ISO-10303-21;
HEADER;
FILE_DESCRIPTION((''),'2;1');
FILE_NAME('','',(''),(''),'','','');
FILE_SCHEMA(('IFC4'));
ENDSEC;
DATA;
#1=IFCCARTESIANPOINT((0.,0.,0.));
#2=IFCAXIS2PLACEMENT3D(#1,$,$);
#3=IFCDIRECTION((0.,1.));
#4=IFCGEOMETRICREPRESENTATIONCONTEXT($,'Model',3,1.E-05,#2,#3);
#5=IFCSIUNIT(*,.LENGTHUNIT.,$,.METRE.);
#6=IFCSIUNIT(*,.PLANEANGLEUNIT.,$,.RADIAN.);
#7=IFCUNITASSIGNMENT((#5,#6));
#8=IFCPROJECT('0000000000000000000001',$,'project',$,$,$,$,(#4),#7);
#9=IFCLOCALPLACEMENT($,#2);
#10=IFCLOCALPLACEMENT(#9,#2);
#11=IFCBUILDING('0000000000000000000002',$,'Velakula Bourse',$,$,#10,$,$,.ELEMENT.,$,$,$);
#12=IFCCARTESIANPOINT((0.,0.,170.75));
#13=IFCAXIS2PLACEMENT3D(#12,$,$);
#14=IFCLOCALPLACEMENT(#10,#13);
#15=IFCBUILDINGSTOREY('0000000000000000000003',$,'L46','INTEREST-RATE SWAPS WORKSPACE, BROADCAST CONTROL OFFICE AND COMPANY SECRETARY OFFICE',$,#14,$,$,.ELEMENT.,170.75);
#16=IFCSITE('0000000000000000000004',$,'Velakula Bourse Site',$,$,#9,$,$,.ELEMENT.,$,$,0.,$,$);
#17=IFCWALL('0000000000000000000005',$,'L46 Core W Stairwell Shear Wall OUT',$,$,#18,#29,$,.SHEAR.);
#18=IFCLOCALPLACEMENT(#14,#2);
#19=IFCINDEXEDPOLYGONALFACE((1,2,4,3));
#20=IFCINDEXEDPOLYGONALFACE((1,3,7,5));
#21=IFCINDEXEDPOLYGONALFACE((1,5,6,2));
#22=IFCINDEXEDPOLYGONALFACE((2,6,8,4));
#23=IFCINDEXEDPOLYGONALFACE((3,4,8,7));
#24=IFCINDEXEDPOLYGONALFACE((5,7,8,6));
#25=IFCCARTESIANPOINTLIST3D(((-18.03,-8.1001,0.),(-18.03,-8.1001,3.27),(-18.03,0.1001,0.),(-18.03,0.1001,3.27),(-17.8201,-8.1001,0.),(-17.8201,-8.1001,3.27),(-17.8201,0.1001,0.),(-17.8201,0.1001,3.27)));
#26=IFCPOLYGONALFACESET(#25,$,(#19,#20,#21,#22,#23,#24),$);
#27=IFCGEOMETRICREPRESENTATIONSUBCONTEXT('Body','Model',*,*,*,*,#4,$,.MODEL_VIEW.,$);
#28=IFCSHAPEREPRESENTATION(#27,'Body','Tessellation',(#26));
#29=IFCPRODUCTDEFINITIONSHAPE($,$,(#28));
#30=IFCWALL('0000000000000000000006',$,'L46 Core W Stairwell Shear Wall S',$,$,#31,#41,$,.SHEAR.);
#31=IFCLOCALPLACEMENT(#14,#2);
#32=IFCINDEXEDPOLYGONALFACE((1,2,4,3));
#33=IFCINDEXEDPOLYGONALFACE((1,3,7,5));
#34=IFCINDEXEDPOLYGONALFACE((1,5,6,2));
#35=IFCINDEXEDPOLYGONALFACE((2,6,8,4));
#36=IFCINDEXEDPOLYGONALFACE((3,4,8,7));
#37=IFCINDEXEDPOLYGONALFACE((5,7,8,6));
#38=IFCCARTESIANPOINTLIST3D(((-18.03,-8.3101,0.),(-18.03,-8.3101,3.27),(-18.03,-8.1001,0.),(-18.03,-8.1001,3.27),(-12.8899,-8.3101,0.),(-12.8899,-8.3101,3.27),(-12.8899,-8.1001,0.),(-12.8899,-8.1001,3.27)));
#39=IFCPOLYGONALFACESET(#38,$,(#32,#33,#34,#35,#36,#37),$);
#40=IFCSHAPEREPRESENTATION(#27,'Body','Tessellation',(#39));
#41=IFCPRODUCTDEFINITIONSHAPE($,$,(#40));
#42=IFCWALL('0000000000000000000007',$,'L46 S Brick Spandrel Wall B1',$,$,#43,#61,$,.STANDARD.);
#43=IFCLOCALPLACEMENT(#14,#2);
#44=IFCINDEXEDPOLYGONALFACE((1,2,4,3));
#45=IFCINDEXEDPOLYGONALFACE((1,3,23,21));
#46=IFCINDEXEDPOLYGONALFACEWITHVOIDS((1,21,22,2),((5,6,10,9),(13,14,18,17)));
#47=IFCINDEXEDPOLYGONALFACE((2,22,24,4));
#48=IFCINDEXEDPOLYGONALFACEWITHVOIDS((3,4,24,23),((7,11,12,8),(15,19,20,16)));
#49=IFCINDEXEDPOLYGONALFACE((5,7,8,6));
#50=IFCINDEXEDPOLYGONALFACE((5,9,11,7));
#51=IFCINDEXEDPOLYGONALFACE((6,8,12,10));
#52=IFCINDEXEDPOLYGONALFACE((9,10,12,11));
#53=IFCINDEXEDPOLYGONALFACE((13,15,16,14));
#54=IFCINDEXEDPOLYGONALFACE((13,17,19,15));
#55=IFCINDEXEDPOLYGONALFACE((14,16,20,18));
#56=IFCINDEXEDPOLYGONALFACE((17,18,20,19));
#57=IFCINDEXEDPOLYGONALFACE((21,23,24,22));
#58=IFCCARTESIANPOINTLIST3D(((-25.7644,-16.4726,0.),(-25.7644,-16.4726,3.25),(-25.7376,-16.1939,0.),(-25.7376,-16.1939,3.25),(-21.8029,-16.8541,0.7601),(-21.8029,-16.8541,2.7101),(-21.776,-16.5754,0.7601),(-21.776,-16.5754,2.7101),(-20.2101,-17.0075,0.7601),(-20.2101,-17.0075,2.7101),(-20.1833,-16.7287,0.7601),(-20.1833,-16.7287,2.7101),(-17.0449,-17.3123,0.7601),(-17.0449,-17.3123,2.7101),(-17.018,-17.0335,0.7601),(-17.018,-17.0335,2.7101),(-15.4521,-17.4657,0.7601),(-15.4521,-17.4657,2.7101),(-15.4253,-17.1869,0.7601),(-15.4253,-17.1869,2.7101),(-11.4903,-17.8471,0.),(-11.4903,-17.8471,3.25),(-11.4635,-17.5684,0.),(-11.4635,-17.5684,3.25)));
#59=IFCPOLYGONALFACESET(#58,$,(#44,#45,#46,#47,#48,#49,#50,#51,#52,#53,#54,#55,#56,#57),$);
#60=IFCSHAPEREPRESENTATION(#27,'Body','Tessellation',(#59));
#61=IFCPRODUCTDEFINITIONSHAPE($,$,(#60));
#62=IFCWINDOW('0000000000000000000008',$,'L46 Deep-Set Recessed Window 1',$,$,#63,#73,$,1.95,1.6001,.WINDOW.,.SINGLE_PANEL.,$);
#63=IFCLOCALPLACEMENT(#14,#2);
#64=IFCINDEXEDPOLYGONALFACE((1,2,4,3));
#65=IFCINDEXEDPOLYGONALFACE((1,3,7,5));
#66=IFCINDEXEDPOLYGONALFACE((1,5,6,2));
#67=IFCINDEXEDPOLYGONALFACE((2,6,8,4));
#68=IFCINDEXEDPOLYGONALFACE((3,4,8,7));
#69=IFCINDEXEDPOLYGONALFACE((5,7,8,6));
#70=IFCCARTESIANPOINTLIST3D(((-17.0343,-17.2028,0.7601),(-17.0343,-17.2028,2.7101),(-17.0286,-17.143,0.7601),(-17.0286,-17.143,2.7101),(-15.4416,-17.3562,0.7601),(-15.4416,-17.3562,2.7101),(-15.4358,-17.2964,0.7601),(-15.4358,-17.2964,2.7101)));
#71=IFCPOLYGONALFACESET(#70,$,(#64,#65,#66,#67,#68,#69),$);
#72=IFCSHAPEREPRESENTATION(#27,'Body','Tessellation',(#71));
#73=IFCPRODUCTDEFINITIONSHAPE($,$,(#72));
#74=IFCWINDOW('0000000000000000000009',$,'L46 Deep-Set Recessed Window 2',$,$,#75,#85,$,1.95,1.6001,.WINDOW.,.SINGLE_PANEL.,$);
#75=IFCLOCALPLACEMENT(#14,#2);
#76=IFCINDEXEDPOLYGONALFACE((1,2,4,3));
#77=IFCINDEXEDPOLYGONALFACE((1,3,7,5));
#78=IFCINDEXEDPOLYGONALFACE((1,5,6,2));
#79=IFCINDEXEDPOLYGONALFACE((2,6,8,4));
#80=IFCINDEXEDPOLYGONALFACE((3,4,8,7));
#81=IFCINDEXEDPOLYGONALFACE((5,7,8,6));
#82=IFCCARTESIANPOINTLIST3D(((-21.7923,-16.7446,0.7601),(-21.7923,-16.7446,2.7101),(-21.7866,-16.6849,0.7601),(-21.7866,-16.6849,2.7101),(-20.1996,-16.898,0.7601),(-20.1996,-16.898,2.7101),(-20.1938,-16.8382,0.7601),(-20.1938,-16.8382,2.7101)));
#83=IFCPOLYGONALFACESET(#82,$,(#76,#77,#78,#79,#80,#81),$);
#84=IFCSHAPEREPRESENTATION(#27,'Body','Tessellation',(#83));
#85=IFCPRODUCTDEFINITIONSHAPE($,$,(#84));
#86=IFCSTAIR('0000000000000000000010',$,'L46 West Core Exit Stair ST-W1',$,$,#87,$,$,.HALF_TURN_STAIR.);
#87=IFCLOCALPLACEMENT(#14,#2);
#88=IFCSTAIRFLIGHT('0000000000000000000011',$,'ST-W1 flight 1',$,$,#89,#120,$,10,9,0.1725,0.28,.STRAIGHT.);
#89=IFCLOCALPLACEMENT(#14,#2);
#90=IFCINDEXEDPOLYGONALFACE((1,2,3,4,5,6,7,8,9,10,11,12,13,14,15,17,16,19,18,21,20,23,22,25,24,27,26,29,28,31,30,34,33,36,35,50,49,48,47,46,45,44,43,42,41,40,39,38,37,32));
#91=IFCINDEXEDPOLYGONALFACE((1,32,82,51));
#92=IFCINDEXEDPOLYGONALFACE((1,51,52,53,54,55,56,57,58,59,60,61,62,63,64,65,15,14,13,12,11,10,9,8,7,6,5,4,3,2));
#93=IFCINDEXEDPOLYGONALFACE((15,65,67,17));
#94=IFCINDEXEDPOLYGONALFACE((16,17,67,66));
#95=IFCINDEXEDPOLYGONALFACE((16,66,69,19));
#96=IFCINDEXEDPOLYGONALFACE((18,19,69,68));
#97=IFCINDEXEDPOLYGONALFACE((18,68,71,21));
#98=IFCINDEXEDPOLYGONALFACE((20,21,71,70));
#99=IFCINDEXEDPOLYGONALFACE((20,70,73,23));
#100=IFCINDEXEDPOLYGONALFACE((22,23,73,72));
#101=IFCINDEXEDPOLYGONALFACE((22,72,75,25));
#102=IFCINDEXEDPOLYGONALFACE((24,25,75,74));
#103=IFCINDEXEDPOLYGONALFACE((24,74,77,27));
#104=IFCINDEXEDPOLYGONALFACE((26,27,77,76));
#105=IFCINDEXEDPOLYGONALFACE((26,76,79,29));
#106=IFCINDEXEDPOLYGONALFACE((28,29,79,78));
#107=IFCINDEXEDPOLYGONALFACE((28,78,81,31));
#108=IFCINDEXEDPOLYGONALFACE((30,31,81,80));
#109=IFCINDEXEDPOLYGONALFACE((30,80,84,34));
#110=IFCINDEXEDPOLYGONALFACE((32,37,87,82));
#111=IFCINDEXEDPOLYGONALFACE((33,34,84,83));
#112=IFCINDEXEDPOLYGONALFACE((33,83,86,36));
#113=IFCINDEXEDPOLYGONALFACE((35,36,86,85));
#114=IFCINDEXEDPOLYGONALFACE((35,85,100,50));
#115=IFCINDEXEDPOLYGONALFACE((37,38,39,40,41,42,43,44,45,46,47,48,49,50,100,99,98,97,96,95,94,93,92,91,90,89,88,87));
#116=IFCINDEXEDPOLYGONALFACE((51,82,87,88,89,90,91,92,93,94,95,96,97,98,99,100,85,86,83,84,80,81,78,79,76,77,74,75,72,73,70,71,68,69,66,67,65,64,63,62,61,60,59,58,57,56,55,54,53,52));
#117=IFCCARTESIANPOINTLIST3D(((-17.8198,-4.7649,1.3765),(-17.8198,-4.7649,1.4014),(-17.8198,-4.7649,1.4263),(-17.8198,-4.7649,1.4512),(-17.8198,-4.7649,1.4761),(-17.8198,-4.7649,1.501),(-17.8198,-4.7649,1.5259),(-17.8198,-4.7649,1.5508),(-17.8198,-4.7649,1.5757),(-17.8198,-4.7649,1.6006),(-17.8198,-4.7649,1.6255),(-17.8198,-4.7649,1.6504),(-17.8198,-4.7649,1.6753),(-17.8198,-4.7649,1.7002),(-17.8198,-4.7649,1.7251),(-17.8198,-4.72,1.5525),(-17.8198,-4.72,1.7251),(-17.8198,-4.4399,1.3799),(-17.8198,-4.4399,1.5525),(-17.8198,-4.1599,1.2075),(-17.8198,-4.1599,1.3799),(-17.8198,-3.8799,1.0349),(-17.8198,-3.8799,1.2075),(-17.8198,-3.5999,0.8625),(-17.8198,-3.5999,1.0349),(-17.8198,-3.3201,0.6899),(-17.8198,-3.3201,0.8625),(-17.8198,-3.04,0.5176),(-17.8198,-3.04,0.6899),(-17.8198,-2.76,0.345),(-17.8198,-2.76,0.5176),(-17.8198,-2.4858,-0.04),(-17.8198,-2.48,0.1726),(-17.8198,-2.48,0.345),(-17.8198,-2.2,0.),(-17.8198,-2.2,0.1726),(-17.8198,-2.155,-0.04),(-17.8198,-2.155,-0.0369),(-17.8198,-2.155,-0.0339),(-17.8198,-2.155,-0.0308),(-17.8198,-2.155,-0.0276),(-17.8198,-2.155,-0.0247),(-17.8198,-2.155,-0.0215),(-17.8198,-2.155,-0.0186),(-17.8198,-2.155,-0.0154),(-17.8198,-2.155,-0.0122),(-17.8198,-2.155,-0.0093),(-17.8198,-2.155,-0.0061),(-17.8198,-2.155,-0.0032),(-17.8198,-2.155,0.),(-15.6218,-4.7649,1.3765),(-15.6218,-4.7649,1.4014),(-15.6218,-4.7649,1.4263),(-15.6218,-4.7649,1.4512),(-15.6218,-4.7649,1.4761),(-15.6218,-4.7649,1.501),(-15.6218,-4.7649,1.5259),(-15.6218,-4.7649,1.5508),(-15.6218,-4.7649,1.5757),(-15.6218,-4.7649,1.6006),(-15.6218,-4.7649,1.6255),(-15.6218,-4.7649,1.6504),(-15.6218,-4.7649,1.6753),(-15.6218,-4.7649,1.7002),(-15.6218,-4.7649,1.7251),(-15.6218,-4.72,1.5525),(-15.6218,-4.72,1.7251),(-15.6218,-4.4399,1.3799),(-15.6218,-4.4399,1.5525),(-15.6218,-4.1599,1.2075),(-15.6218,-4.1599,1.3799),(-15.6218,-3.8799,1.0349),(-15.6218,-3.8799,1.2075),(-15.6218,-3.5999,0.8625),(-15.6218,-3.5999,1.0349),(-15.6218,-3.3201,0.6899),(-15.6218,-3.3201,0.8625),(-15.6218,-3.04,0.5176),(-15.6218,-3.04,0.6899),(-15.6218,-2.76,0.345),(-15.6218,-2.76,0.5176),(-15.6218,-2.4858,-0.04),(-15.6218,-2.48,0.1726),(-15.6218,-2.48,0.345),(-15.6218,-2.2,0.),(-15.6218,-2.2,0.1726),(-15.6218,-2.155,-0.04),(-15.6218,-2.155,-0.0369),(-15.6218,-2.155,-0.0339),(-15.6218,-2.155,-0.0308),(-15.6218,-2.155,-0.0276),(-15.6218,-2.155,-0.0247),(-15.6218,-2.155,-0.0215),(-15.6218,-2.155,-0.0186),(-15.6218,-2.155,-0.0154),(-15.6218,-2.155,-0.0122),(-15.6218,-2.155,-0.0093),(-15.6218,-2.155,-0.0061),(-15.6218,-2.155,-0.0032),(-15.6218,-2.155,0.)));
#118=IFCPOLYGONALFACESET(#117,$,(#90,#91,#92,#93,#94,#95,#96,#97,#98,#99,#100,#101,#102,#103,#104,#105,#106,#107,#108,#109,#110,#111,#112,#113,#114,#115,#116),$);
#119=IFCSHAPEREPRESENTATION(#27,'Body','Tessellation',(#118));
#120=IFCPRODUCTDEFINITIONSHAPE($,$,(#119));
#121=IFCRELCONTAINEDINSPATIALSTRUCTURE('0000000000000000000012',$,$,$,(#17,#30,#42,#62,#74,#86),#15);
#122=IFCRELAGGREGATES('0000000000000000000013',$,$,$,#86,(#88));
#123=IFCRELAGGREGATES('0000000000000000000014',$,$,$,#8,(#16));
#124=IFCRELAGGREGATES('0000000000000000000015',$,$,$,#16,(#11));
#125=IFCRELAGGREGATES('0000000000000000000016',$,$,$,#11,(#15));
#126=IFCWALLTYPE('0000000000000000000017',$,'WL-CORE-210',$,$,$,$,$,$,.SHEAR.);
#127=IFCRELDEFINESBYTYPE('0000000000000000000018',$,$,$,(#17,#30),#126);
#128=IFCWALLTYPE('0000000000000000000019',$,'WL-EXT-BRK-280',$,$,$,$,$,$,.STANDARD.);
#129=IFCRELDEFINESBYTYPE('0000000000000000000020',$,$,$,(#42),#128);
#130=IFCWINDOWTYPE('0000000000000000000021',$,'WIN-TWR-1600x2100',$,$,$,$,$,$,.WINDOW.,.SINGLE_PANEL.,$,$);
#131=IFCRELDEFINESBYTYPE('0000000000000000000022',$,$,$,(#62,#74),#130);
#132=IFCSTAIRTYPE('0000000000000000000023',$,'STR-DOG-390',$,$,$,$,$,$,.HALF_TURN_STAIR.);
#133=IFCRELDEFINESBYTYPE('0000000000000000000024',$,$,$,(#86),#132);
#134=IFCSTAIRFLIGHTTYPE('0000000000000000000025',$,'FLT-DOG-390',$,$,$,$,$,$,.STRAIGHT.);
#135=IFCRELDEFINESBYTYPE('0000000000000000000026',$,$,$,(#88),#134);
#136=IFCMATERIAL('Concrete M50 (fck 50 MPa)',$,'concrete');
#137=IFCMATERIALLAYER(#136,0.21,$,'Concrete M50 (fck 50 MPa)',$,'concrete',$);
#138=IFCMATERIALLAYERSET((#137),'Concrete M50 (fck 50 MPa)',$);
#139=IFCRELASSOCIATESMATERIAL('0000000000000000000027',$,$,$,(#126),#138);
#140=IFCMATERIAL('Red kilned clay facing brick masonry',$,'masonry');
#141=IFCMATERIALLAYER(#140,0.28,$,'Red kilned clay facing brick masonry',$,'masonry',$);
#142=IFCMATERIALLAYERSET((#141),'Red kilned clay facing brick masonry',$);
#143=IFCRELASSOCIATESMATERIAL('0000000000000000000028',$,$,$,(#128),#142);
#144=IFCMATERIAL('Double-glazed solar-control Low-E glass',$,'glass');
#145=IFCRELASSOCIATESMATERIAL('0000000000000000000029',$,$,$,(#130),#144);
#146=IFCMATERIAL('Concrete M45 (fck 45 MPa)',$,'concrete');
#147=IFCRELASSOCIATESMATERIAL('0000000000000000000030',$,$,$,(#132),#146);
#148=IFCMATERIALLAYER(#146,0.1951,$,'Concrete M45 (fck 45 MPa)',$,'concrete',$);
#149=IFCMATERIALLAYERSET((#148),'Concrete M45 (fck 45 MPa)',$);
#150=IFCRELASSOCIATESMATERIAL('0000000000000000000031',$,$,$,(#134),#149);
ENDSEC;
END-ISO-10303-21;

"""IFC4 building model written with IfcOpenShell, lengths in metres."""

from ifc_helpers import new_model, si_unit, direction, frame, frame_2d, origin, place, context, subcontext, project, spatial, polyline, rectangle, outline, extrude, material, layer, layer_set, type_object, element, fill, aggregate, save


model = new_model("IFC4")

# Units and contexts
model_context = context("Model", 3, precision=1e-05, world=origin(), true_north=direction((0.0, 1.0)))
body_context = subcontext(model_context, "Body", "Model", "MODEL_VIEW")
ifc_project = project(units=[si_unit("LENGTHUNIT", "METRE"), si_unit("PLANEANGLEUNIT", "RADIAN")], contexts=[model_context])

# Site, building, storey
site_placement = place(None, origin())
site = spatial("IfcSite", under=ifc_project, at=site_placement, Name="Velakula Bourse Site", CompositionType="ELEMENT", RefElevation=0.0)
building_placement = place(site_placement, origin())
building = spatial("IfcBuilding", under=site, at=building_placement, Name="Velakula Bourse", CompositionType="ELEMENT")
storey_placement = place(building_placement, frame((0.0, 0.0, 170.75)))
storey = spatial("IfcBuildingStorey", under=building, at=storey_placement, Name="L46", Description="INTEREST-RATE SWAPS WORKSPACE, BROADCAST CONTROL OFFICE AND COMPANY SECRETARY OFFICE", CompositionType="ELEMENT", Elevation=170.75)

# Shared definitions
ifc_material_1 = material(Name="Concrete M50 (fck 50 MPa)", Category="concrete")
ifc_layer_1 = layer(ifc_material_1, 0.21, Name="Concrete M50 (fck 50 MPa)", Category="concrete")
ifc_layer_set_1 = layer_set([ifc_layer_1], Name="Concrete M50 (fck 50 MPa)")
wall_type_1 = type_object("IfcWallType", Name="WL-CORE-210", PredefinedType="SHEAR", material=ifc_layer_set_1)

# Walls
wall_1_placement = place(storey_placement, frame((-17.925, -8.1001, 0.0), z_axis=(0.0, 0.0, 1.0), x_axis=(0.0, 1.0, 0.0)))
element("IfcWall", 1, at=wall_1_placement, inside=storey, type_object=wall_type_1, Name="L46 Core W Stairwell Shear Wall OUT", PredefinedType="SHEAR", context=body_context, shape_type="SweptSolid", body=[
    extrude(rectangle(XDim=8.2002, YDim=0.21, at=frame_2d((4.1001, 0.0))), origin(), (0.0, 0.0, 1.0), 3.27),
])
wall_2_placement = place(storey_placement, frame((-18.03, -8.2051, 0.0), z_axis=(0.0, 0.0, 1.0), x_axis=(1.0, 0.0, 0.0)))
element("IfcWall", 2, at=wall_2_placement, inside=storey, type_object=wall_type_1, Name="L46 Core W Stairwell Shear Wall S", PredefinedType="SHEAR", context=body_context, shape_type="SweptSolid", body=[
    extrude(rectangle(XDim=5.1401, YDim=0.21, at=frame_2d((2.5701, 0.0))), origin(), (0.0, 0.0, 1.0), 3.27),
])

# Wall, openings, windows
ifc_material_2 = material(Name="Red kilned clay facing brick masonry", Category="masonry")
ifc_layer_2 = layer(ifc_material_2, 0.28, Name="Red kilned clay facing brick masonry", Category="masonry")
ifc_layer_set_2 = layer_set([ifc_layer_2], Name="Red kilned clay facing brick masonry")
wall_type_2 = type_object("IfcWallType", Name="WL-EXT-BRK-280", PredefinedType="STANDARD", material=ifc_layer_set_2)
wall_3_placement = place(storey_placement, frame((-11.4771, -17.7078, 0.0), z_axis=(0.0, 0.0, 1.0), x_axis=(-0.995396, 0.09585, 0.0)))
wall_3 = element("IfcWall", 3, at=wall_3_placement, inside=storey, type_object=wall_type_2, Name="L46 S Brick Spandrel Wall B1", PredefinedType="STANDARD", context=body_context, shape_type="SweptSolid", body=[
    extrude(rectangle(XDim=14.3401, YDim=0.28, at=frame_2d((7.1699, 0.0))), origin(), (0.0, 0.0, 1.0), 3.25),
])
opening_1_placement = place(wall_3_placement, frame((3.98, 0.0, 0.76)))
opening_1 = element("IfcOpeningElement", 4, at=opening_1_placement, cuts=wall_3, PredefinedType="OPENING", context=body_context, shape_type="SweptSolid", body=[
    extrude(rectangle(XDim=1.6001, YDim=1.95, at=frame_2d((0.8, 0.9751))), frame((0.0, 0.1499, 0.0), z_axis=(0.0, -1.0, 0.0), x_axis=(1.0, 0.0, 0.0)), (0.0, 0.0, 1.0), 0.3),
])
opening_2_placement = place(wall_3_placement, frame((8.76, 0.0, 0.76)))
opening_2 = element("IfcOpeningElement", 5, at=opening_2_placement, cuts=wall_3, PredefinedType="OPENING", context=body_context, shape_type="SweptSolid", body=[
    extrude(rectangle(XDim=1.6001, YDim=1.95, at=frame_2d((0.8, 0.9751))), frame((0.0, 0.1499, 0.0), z_axis=(0.0, -1.0, 0.0), x_axis=(1.0, 0.0, 0.0)), (0.0, 0.0, 1.0), 0.3),
])
ifc_material_3 = material(Name="Double-glazed solar-control Low-E glass", Category="glass")
window_type = type_object("IfcWindowType", Name="WIN-TWR-1600x2100", PartitioningType="SINGLE_PANEL", PredefinedType="WINDOW", material=ifc_material_3)
window_1_placement = place(opening_1_placement, origin())
window_1 = element("IfcWindow", 6, at=window_1_placement, inside=storey, type_object=window_type, Name="L46 Deep-Set Recessed Window 1", OverallHeight=1.95, OverallWidth=1.6001, PartitioningType="SINGLE_PANEL", PredefinedType="WINDOW", context=body_context, shape_type="SweptSolid", body=[
    extrude(rectangle(XDim=1.6001, YDim=1.95, at=frame_2d((0.8, 0.9751))), frame((0.0, 0.03, 0.0), z_axis=(0.0, -1.0, 0.0), x_axis=(1.0, 0.0, 0.0)), (0.0, 0.0, 1.0), 0.0601),
])
fill(opening_1, window_1)
window_2_placement = place(opening_2_placement, origin())
window_2 = element("IfcWindow", 7, at=window_2_placement, inside=storey, type_object=window_type, Name="L46 Deep-Set Recessed Window 2", OverallHeight=1.95, OverallWidth=1.6001, PartitioningType="SINGLE_PANEL", PredefinedType="WINDOW", context=body_context, shape_type="SweptSolid", body=[
    extrude(rectangle(XDim=1.6001, YDim=1.95, at=frame_2d((0.8, 0.9751))), frame((0.0, 0.03, 0.0), z_axis=(0.0, -1.0, 0.0), x_axis=(1.0, 0.0, 0.0)), (0.0, 0.0, 1.0), 0.0601),
])
fill(opening_2, window_2)

# Stair, stair flight
ifc_material_4 = material(Name="Concrete M45 (fck 45 MPa)", Category="concrete")
stair_type = type_object("IfcStairType", Name="STR-DOG-390", PredefinedType="HALF_TURN_STAIR", material=ifc_material_4)
stair_placement = place(storey_placement, origin())
stair = element("IfcStair", 8, at=stair_placement, inside=storey, type_object=stair_type, Name="L46 West Core Exit Stair ST-W1", PredefinedType="HALF_TURN_STAIR")
ifc_layer_3 = layer(ifc_material_4, 0.1951, Name="Concrete M45 (fck 45 MPa)", Category="concrete")
ifc_layer_set_3 = layer_set([ifc_layer_3], Name="Concrete M45 (fck 45 MPa)")
stair_flight_type = type_object("IfcStairFlightType", Name="FLT-DOG-390", PredefinedType="STRAIGHT", material=ifc_layer_set_3)
stair_flight_1_placement = place(storey_placement, frame((-16.7209, -2.2, 0.0), z_axis=(0.0, 0.0, 1.0), x_axis=(0.0, -1.0, 0.0)))
stair_flight_1 = element("IfcStairFlight", 9, at=stair_flight_1_placement, type_object=stair_flight_type, Name="ST-W1 flight 1", NumberOfRisers=10, NumberOfTreads=9, PredefinedType="STRAIGHT", RiserHeight=0.1725, TreadLength=0.28, context=body_context, shape_type="SweptSolid", body=[
    extrude(outline(polyline([(-0.0449, -0.04), (-0.0449, -0.0369), (-0.0449, -0.0339), (-0.0449, -0.0308), (-0.0449, -0.0276), (-0.0449, -0.0247), (-0.0449, -0.0215), (-0.0449, -0.0186), (-0.0449, -0.0154), (-0.0449, -0.0122), (-0.0449, -0.0093), (-0.0449, -0.0061), (-0.0449, -0.0032), (-0.0449, 0.0), (0.0, 0.0), (0.0, 0.1726), (0.28, 0.1726), (0.28, 0.345), (0.5601, 0.345), (0.5601, 0.5176), (0.8401, 0.5176), (0.8401, 0.6899), (1.1201, 0.6899), (1.1201, 0.8625), (1.3999, 0.8625), (1.3999, 1.0349), (1.6799, 1.0349), (1.6799, 1.2075), (1.96, 1.2075), (1.96, 1.3799), (2.24, 1.3799), (2.24, 1.5525), (2.52, 1.5525), (2.52, 1.7251), (2.5649, 1.7251), (2.5649, 1.7002), (2.5649, 1.6753), (2.5649, 1.6504), (2.5649, 1.6255), (2.5649, 1.6006), (2.5649, 1.5757), (2.5649, 1.5508), (2.5649, 1.5259), (2.5649, 1.501), (2.5649, 1.4761), (2.5649, 1.4512), (2.5649, 1.4263), (2.5649, 1.4014), (2.5649, 1.3765), (0.2859, -0.04), (-0.0449, -0.04)])), frame((0.0, 1.0991, 0.0), z_axis=(0.0, -1.0, 0.0), x_axis=(1.0, 0.0, 0.0)), (0.0, 0.0, 1.0), 2.198),
])
aggregate(stair, [stair_flight_1])

save(model, "model.ifc")
